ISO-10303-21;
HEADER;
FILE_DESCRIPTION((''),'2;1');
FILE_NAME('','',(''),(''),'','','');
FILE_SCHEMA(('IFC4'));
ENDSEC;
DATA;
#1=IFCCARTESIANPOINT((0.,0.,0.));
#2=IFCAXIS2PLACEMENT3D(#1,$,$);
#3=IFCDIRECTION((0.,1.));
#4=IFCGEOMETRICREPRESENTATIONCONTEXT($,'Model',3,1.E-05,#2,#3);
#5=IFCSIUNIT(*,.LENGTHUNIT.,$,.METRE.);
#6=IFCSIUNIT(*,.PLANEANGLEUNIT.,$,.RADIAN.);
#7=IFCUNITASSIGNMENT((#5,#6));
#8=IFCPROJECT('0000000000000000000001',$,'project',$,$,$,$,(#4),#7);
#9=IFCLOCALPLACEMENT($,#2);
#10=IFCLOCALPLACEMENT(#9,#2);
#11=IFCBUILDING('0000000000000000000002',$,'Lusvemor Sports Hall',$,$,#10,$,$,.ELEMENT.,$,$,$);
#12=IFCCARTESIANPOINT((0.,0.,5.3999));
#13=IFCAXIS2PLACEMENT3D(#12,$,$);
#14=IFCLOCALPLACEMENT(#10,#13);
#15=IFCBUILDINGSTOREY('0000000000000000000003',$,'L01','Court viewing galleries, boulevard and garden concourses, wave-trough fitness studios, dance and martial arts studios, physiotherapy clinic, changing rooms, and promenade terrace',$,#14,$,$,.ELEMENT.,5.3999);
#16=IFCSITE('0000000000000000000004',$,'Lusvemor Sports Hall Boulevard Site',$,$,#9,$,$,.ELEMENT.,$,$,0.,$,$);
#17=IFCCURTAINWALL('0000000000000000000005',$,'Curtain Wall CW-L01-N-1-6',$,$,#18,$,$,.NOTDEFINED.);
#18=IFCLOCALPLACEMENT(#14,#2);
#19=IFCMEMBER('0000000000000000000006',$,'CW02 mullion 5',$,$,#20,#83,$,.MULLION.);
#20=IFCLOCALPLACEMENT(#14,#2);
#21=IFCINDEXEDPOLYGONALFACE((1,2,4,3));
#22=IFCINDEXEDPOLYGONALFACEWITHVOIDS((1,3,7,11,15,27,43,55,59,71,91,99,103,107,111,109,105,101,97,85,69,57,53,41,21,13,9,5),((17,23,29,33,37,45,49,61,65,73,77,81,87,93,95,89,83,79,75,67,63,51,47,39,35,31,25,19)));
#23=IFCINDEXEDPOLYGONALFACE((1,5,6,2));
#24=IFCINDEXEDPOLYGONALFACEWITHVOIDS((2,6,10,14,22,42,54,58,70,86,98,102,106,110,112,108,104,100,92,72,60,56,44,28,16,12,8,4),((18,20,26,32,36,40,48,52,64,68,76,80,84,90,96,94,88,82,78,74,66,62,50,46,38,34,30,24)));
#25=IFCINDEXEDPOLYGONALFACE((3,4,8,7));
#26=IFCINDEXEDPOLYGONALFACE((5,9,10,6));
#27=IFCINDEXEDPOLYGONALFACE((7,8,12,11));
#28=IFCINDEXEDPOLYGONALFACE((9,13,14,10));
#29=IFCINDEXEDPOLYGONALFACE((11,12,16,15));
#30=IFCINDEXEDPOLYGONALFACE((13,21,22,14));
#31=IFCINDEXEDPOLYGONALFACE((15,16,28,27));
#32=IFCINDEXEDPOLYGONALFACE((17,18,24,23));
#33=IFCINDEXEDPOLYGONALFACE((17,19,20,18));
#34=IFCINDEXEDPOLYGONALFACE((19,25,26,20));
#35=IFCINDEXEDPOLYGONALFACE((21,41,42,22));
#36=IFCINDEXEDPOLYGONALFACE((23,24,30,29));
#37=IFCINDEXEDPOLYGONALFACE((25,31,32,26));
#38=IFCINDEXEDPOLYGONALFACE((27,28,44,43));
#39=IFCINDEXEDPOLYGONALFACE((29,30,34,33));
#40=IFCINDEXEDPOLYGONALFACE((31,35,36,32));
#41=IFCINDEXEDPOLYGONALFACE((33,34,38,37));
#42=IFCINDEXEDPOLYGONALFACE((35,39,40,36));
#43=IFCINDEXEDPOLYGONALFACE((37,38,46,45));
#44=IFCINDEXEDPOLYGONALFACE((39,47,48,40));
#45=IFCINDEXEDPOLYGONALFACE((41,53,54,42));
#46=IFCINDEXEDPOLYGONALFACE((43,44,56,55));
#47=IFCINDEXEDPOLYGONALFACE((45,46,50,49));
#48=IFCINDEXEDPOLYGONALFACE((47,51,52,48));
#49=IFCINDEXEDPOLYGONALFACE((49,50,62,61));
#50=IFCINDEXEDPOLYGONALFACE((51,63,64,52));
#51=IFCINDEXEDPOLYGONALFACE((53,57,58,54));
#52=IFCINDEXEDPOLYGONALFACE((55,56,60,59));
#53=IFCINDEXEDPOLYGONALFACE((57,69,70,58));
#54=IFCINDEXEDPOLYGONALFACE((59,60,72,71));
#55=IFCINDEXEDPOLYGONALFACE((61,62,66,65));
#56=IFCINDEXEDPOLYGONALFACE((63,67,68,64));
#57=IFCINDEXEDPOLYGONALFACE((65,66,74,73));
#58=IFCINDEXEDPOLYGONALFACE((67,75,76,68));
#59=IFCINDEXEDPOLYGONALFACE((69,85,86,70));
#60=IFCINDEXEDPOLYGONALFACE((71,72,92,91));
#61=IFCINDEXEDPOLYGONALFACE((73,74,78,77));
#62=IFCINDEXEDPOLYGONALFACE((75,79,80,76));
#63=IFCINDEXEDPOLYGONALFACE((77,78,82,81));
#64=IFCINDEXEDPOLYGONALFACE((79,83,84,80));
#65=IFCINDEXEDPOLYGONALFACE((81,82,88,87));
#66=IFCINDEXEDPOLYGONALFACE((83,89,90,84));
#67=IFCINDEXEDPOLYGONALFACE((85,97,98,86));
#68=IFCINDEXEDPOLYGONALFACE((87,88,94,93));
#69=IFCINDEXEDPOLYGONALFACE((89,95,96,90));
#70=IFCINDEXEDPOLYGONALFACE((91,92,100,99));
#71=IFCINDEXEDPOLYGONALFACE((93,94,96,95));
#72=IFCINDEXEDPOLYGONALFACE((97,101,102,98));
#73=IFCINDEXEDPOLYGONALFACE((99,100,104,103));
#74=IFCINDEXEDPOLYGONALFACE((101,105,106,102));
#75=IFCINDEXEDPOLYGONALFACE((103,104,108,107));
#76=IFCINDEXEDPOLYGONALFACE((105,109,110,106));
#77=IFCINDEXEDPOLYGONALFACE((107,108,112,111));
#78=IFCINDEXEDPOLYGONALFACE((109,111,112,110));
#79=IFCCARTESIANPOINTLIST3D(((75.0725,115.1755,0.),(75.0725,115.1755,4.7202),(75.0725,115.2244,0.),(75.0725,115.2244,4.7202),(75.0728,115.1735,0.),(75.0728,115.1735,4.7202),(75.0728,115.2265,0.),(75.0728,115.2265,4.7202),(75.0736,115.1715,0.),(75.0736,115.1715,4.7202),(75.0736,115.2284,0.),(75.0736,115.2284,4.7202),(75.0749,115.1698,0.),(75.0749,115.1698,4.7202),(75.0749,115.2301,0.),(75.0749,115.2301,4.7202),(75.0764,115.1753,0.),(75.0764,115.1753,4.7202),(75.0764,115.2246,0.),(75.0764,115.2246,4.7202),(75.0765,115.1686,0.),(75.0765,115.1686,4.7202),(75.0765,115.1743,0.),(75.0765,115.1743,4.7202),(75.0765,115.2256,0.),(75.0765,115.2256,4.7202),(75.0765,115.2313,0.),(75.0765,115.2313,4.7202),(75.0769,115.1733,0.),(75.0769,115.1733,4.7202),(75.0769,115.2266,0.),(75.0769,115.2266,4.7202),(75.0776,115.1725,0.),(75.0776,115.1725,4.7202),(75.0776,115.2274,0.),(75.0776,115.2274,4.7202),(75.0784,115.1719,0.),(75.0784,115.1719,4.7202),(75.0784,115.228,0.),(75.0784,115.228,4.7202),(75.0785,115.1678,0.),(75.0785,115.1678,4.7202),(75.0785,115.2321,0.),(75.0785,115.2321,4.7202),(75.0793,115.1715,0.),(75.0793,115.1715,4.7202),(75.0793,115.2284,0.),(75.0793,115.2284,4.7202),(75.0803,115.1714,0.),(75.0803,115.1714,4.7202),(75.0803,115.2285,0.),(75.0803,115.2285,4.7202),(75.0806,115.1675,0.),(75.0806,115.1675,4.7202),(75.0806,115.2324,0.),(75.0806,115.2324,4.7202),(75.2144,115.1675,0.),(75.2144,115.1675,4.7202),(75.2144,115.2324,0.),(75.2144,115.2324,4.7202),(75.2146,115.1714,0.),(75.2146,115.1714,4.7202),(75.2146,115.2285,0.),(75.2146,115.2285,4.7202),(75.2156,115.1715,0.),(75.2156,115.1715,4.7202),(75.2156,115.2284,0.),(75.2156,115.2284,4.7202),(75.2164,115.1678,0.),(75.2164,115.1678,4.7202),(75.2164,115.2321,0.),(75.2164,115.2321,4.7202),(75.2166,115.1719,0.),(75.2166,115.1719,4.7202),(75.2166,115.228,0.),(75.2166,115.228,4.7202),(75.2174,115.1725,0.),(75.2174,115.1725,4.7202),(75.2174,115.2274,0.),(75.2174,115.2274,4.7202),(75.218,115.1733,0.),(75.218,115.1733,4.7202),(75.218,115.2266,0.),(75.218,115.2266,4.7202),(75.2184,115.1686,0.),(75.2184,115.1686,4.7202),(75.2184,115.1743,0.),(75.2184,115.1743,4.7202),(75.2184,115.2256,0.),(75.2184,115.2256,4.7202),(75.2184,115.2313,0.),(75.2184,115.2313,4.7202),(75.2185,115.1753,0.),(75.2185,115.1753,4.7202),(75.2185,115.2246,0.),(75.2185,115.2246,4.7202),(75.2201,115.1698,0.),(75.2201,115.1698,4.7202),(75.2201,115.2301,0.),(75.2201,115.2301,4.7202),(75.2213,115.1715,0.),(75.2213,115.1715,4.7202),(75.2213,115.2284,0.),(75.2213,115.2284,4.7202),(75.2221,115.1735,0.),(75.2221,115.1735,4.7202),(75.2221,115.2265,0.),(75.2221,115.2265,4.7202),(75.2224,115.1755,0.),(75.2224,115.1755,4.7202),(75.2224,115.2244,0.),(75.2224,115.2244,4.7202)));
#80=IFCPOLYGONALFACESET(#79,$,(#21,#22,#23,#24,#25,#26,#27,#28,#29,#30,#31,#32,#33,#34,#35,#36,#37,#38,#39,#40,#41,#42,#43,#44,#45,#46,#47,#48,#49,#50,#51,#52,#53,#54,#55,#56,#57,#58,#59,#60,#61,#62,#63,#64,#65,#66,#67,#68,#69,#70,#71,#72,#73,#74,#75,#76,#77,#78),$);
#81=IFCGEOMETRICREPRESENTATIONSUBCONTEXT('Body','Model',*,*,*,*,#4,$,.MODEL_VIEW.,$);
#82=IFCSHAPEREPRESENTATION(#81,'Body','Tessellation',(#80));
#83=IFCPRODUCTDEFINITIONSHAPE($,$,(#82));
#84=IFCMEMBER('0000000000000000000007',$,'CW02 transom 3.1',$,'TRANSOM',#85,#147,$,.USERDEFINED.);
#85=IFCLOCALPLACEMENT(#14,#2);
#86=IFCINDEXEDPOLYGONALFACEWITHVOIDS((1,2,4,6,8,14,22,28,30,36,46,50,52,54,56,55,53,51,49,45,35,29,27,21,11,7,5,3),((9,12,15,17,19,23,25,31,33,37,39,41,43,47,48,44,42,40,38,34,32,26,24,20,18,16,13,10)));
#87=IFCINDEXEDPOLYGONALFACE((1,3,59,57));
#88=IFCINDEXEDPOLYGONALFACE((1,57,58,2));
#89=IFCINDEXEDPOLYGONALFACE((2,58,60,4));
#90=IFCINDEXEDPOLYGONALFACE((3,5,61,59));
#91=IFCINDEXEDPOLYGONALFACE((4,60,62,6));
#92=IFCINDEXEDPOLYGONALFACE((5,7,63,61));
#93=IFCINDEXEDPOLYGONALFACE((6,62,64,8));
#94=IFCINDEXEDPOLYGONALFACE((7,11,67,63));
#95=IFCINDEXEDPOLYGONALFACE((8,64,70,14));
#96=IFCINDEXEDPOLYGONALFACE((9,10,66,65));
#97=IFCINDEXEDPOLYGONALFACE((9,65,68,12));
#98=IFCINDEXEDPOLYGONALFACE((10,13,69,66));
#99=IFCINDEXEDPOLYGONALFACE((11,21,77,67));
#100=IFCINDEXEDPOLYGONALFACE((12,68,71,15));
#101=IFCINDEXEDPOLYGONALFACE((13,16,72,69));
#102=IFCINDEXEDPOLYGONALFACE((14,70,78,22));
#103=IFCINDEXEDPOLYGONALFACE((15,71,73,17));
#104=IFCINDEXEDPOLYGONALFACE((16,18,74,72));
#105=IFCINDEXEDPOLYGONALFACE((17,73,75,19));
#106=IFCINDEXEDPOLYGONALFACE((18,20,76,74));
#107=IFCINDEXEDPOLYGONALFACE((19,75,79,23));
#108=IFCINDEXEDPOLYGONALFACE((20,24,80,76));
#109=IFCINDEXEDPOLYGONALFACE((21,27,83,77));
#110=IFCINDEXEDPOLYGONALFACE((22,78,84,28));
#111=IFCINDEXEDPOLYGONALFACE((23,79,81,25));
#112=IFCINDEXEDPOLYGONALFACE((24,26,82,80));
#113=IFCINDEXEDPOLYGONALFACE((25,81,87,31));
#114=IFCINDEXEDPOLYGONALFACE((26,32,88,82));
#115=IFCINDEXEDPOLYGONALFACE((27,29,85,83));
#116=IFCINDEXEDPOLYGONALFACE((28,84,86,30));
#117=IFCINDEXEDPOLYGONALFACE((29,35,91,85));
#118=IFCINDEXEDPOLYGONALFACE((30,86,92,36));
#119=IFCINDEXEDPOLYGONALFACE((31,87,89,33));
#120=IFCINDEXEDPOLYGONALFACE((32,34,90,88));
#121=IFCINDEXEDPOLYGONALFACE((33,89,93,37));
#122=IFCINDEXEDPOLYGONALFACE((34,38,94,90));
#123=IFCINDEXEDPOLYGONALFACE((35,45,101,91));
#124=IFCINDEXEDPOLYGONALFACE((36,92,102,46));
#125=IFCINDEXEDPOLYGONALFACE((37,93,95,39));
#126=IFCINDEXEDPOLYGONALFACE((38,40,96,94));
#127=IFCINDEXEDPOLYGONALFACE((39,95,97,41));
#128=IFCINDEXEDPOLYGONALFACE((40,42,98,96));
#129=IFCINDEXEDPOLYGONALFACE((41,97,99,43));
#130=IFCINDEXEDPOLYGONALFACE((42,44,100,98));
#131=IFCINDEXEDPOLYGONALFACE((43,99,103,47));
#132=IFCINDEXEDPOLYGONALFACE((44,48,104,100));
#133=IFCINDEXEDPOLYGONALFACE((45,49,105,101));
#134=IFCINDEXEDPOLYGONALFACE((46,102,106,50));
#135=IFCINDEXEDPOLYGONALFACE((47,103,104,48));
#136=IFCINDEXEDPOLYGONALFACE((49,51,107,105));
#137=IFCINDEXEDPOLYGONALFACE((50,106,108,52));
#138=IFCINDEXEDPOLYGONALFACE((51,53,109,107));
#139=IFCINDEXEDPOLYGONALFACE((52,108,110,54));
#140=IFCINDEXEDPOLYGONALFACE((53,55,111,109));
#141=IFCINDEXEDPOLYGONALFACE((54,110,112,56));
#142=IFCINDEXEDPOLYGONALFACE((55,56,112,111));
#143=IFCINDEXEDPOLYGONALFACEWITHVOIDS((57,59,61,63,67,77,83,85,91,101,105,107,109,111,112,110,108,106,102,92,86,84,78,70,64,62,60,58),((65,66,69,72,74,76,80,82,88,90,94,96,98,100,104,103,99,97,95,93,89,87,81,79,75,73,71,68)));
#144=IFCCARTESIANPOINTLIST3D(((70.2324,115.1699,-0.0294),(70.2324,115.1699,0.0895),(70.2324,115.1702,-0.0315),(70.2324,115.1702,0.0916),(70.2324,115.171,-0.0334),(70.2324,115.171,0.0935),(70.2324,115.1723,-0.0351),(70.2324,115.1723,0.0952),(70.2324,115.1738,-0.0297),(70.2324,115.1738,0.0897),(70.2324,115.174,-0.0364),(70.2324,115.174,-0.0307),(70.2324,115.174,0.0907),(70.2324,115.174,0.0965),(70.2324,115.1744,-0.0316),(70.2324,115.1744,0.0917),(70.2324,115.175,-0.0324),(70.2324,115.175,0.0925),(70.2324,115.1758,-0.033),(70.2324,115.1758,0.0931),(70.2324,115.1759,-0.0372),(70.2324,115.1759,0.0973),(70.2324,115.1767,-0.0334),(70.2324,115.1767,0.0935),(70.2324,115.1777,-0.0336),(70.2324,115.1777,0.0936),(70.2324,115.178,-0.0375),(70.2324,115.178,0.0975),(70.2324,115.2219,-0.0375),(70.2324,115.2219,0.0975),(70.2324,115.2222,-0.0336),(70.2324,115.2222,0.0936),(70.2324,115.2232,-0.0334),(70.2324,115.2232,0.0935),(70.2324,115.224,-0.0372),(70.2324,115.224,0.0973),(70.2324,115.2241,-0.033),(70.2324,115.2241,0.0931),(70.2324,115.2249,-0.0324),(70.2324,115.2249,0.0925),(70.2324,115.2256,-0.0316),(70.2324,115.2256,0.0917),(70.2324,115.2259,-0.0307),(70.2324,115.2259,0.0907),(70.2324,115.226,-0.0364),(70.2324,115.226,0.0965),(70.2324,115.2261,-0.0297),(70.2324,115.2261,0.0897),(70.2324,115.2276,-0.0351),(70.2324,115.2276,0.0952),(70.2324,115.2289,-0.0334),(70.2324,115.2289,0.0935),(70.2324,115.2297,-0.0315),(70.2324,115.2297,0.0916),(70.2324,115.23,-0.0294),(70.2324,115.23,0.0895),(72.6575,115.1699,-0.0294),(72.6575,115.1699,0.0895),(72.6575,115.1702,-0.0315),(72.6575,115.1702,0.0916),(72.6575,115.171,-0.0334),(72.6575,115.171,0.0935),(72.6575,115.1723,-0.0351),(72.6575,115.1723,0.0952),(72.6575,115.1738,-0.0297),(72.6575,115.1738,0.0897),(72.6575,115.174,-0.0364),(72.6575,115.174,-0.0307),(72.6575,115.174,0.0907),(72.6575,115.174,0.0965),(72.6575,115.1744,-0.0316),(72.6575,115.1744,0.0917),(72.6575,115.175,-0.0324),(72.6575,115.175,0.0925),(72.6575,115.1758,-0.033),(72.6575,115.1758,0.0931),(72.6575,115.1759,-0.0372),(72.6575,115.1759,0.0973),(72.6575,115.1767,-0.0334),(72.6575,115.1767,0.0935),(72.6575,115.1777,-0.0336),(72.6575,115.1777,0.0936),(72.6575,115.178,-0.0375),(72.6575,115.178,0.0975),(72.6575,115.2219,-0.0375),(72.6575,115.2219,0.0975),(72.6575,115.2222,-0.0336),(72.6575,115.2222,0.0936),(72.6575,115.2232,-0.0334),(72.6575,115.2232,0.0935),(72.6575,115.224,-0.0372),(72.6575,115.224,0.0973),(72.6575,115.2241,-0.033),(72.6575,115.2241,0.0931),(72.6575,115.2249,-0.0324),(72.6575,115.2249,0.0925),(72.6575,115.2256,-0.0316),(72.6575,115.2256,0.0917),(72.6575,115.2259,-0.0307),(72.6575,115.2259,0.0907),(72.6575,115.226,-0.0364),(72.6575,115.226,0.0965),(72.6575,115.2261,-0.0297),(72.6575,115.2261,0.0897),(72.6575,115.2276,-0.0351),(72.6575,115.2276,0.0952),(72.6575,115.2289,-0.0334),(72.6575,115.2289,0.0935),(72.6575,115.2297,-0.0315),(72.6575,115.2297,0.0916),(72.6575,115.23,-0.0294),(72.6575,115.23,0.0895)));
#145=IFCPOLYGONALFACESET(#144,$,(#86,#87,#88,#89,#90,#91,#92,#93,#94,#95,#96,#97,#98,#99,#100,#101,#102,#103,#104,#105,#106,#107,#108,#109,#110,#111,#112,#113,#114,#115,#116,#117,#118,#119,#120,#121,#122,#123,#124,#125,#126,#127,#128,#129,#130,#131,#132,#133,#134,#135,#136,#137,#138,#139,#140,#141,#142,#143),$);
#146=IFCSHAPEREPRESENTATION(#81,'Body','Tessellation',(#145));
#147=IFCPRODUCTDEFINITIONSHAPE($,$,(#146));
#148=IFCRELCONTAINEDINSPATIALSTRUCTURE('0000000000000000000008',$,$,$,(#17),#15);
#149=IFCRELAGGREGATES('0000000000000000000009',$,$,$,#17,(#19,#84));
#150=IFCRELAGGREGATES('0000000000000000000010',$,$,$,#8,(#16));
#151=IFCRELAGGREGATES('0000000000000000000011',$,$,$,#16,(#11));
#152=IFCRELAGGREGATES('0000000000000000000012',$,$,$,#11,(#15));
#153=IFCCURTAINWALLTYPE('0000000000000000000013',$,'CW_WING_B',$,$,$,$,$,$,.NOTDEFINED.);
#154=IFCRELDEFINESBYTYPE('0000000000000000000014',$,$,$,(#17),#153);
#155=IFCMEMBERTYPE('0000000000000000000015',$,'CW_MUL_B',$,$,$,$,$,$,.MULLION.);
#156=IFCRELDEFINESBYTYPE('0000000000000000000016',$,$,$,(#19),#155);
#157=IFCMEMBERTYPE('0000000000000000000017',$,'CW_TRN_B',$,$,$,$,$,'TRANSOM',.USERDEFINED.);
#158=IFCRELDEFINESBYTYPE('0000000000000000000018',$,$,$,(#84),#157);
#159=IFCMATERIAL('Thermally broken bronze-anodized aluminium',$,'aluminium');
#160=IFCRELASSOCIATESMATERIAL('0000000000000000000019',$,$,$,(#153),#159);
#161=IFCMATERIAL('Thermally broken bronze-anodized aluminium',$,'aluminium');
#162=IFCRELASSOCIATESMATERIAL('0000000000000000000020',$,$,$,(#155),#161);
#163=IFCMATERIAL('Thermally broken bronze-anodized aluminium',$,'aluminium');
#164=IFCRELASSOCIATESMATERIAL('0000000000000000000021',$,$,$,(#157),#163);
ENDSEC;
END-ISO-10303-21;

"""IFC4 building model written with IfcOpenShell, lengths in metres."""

from ifc_helpers import new_model, si_unit, direction, frame, origin, origin_2d, place, context, subcontext, project, spatial, hollow_rectangle, extrude, material, material_profile, profile_set, type_object, element, aggregate, save


model = new_model("IFC4")

# Units and contexts
model_context = context("Model", 3, precision=1e-05, world=origin(), true_north=direction((0.0, 1.0)))
body_context = subcontext(model_context, "Body", "Model", "MODEL_VIEW")
ifc_project = project(units=[si_unit("LENGTHUNIT", "METRE"), si_unit("PLANEANGLEUNIT", "RADIAN")], contexts=[model_context])

# Site, building, storey
site_placement = place(None, origin())
site = spatial("IfcSite", under=ifc_project, at=site_placement, Name="Lusvemor Sports Hall Boulevard Site", CompositionType="ELEMENT", RefElevation=0.0)
building_placement = place(site_placement, origin())
building = spatial("IfcBuilding", under=site, at=building_placement, Name="Lusvemor Sports Hall", CompositionType="ELEMENT")
storey_placement = place(building_placement, frame((0.0, 0.0, 5.3999)))
storey = spatial("IfcBuildingStorey", under=building, at=storey_placement, Name="L01", Description="Court viewing galleries, boulevard and garden concourses, wave-trough fitness studios, dance and martial arts studios, physiotherapy clinic, changing rooms, and promenade terrace", CompositionType="ELEMENT", Elevation=5.3999)

# Curtain wall, members
ifc_material_1 = material(Name="Thermally broken bronze-anodized aluminium", Category="aluminium")
curtain_wall_type = type_object("IfcCurtainWallType", Name="CW_WING_B", PredefinedType="NOTDEFINED", material=ifc_material_1)
curtain_wall_placement = place(storey_placement, origin())
curtain_wall = element("IfcCurtainWall", 1, at=curtain_wall_placement, inside=storey, type_object=curtain_wall_type, Name="Curtain Wall CW-L01-N-1-6", PredefinedType="NOTDEFINED")
ifc_material_2 = material(Name="Thermally broken bronze-anodized aluminium", Category="aluminium")
ifc_material_profile_1 = material_profile(ifc_material_2, hollow_rectangle(XDim=0.0649, YDim=0.1499, WallThickness=0.0039, InnerFilletRadius=0.0039, OuterFilletRadius=0.0081, at=origin_2d()), Name="CWMUL150x65x4")
ifc_profile_set_1 = profile_set([ifc_material_profile_1], Name="Thermally broken bronze-anodized aluminium")
member_type_1 = type_object("IfcMemberType", Name="CW_MUL_B", PredefinedType="MULLION", material=ifc_profile_set_1)
member_1_placement = place(storey_placement, frame((75.1475, 115.2, 0.0), z_axis=(0.0, 0.0, 1.0), x_axis=(0.0, 1.0, 0.0)))
member_1 = element("IfcMember", 2, at=member_1_placement, type_object=member_type_1, Name="CW02 mullion 5", PredefinedType="MULLION", context=body_context, shape_type="SweptSolid", body=[
    extrude(hollow_rectangle(XDim=0.0649, YDim=0.1499, WallThickness=0.0039, InnerFilletRadius=0.0039, OuterFilletRadius=0.0081, at=origin_2d()), origin(), (0.0, 0.0, 1.0), 4.7202),
])
ifc_material_3 = material(Name="Thermally broken bronze-anodized aluminium", Category="aluminium")
ifc_material_profile_2 = material_profile(ifc_material_3, hollow_rectangle(XDim=0.0601, YDim=0.135, WallThickness=0.0039, InnerFilletRadius=0.0039, OuterFilletRadius=0.0081, at=origin_2d()), Name="CWTRN135x60x4")
ifc_profile_set_2 = profile_set([ifc_material_profile_2], Name="Thermally broken bronze-anodized aluminium")
member_type_2 = type_object("IfcMemberType", Name="CW_TRN_B", ElementType="TRANSOM", PredefinedType="USERDEFINED", material=ifc_profile_set_2)
member_2_placement = place(storey_placement, frame((70.2324, 115.2, 0.03), z_axis=(1.0, 0.0, 0.0), x_axis=(0.0, 1.0, 0.0)))
member_2 = element("IfcMember", 3, at=member_2_placement, type_object=member_type_2, Name="CW02 transom 3.1", ObjectType="TRANSOM", PredefinedType="USERDEFINED", context=body_context, shape_type="SweptSolid", body=[
    extrude(hollow_rectangle(XDim=0.0601, YDim=0.135, WallThickness=0.0039, InnerFilletRadius=0.0039, OuterFilletRadius=0.0081, at=origin_2d()), origin(), (0.0, 0.0, 1.0), 2.425),
])

aggregate(curtain_wall, [member_1, member_2])

save(model, "model.ifc")
